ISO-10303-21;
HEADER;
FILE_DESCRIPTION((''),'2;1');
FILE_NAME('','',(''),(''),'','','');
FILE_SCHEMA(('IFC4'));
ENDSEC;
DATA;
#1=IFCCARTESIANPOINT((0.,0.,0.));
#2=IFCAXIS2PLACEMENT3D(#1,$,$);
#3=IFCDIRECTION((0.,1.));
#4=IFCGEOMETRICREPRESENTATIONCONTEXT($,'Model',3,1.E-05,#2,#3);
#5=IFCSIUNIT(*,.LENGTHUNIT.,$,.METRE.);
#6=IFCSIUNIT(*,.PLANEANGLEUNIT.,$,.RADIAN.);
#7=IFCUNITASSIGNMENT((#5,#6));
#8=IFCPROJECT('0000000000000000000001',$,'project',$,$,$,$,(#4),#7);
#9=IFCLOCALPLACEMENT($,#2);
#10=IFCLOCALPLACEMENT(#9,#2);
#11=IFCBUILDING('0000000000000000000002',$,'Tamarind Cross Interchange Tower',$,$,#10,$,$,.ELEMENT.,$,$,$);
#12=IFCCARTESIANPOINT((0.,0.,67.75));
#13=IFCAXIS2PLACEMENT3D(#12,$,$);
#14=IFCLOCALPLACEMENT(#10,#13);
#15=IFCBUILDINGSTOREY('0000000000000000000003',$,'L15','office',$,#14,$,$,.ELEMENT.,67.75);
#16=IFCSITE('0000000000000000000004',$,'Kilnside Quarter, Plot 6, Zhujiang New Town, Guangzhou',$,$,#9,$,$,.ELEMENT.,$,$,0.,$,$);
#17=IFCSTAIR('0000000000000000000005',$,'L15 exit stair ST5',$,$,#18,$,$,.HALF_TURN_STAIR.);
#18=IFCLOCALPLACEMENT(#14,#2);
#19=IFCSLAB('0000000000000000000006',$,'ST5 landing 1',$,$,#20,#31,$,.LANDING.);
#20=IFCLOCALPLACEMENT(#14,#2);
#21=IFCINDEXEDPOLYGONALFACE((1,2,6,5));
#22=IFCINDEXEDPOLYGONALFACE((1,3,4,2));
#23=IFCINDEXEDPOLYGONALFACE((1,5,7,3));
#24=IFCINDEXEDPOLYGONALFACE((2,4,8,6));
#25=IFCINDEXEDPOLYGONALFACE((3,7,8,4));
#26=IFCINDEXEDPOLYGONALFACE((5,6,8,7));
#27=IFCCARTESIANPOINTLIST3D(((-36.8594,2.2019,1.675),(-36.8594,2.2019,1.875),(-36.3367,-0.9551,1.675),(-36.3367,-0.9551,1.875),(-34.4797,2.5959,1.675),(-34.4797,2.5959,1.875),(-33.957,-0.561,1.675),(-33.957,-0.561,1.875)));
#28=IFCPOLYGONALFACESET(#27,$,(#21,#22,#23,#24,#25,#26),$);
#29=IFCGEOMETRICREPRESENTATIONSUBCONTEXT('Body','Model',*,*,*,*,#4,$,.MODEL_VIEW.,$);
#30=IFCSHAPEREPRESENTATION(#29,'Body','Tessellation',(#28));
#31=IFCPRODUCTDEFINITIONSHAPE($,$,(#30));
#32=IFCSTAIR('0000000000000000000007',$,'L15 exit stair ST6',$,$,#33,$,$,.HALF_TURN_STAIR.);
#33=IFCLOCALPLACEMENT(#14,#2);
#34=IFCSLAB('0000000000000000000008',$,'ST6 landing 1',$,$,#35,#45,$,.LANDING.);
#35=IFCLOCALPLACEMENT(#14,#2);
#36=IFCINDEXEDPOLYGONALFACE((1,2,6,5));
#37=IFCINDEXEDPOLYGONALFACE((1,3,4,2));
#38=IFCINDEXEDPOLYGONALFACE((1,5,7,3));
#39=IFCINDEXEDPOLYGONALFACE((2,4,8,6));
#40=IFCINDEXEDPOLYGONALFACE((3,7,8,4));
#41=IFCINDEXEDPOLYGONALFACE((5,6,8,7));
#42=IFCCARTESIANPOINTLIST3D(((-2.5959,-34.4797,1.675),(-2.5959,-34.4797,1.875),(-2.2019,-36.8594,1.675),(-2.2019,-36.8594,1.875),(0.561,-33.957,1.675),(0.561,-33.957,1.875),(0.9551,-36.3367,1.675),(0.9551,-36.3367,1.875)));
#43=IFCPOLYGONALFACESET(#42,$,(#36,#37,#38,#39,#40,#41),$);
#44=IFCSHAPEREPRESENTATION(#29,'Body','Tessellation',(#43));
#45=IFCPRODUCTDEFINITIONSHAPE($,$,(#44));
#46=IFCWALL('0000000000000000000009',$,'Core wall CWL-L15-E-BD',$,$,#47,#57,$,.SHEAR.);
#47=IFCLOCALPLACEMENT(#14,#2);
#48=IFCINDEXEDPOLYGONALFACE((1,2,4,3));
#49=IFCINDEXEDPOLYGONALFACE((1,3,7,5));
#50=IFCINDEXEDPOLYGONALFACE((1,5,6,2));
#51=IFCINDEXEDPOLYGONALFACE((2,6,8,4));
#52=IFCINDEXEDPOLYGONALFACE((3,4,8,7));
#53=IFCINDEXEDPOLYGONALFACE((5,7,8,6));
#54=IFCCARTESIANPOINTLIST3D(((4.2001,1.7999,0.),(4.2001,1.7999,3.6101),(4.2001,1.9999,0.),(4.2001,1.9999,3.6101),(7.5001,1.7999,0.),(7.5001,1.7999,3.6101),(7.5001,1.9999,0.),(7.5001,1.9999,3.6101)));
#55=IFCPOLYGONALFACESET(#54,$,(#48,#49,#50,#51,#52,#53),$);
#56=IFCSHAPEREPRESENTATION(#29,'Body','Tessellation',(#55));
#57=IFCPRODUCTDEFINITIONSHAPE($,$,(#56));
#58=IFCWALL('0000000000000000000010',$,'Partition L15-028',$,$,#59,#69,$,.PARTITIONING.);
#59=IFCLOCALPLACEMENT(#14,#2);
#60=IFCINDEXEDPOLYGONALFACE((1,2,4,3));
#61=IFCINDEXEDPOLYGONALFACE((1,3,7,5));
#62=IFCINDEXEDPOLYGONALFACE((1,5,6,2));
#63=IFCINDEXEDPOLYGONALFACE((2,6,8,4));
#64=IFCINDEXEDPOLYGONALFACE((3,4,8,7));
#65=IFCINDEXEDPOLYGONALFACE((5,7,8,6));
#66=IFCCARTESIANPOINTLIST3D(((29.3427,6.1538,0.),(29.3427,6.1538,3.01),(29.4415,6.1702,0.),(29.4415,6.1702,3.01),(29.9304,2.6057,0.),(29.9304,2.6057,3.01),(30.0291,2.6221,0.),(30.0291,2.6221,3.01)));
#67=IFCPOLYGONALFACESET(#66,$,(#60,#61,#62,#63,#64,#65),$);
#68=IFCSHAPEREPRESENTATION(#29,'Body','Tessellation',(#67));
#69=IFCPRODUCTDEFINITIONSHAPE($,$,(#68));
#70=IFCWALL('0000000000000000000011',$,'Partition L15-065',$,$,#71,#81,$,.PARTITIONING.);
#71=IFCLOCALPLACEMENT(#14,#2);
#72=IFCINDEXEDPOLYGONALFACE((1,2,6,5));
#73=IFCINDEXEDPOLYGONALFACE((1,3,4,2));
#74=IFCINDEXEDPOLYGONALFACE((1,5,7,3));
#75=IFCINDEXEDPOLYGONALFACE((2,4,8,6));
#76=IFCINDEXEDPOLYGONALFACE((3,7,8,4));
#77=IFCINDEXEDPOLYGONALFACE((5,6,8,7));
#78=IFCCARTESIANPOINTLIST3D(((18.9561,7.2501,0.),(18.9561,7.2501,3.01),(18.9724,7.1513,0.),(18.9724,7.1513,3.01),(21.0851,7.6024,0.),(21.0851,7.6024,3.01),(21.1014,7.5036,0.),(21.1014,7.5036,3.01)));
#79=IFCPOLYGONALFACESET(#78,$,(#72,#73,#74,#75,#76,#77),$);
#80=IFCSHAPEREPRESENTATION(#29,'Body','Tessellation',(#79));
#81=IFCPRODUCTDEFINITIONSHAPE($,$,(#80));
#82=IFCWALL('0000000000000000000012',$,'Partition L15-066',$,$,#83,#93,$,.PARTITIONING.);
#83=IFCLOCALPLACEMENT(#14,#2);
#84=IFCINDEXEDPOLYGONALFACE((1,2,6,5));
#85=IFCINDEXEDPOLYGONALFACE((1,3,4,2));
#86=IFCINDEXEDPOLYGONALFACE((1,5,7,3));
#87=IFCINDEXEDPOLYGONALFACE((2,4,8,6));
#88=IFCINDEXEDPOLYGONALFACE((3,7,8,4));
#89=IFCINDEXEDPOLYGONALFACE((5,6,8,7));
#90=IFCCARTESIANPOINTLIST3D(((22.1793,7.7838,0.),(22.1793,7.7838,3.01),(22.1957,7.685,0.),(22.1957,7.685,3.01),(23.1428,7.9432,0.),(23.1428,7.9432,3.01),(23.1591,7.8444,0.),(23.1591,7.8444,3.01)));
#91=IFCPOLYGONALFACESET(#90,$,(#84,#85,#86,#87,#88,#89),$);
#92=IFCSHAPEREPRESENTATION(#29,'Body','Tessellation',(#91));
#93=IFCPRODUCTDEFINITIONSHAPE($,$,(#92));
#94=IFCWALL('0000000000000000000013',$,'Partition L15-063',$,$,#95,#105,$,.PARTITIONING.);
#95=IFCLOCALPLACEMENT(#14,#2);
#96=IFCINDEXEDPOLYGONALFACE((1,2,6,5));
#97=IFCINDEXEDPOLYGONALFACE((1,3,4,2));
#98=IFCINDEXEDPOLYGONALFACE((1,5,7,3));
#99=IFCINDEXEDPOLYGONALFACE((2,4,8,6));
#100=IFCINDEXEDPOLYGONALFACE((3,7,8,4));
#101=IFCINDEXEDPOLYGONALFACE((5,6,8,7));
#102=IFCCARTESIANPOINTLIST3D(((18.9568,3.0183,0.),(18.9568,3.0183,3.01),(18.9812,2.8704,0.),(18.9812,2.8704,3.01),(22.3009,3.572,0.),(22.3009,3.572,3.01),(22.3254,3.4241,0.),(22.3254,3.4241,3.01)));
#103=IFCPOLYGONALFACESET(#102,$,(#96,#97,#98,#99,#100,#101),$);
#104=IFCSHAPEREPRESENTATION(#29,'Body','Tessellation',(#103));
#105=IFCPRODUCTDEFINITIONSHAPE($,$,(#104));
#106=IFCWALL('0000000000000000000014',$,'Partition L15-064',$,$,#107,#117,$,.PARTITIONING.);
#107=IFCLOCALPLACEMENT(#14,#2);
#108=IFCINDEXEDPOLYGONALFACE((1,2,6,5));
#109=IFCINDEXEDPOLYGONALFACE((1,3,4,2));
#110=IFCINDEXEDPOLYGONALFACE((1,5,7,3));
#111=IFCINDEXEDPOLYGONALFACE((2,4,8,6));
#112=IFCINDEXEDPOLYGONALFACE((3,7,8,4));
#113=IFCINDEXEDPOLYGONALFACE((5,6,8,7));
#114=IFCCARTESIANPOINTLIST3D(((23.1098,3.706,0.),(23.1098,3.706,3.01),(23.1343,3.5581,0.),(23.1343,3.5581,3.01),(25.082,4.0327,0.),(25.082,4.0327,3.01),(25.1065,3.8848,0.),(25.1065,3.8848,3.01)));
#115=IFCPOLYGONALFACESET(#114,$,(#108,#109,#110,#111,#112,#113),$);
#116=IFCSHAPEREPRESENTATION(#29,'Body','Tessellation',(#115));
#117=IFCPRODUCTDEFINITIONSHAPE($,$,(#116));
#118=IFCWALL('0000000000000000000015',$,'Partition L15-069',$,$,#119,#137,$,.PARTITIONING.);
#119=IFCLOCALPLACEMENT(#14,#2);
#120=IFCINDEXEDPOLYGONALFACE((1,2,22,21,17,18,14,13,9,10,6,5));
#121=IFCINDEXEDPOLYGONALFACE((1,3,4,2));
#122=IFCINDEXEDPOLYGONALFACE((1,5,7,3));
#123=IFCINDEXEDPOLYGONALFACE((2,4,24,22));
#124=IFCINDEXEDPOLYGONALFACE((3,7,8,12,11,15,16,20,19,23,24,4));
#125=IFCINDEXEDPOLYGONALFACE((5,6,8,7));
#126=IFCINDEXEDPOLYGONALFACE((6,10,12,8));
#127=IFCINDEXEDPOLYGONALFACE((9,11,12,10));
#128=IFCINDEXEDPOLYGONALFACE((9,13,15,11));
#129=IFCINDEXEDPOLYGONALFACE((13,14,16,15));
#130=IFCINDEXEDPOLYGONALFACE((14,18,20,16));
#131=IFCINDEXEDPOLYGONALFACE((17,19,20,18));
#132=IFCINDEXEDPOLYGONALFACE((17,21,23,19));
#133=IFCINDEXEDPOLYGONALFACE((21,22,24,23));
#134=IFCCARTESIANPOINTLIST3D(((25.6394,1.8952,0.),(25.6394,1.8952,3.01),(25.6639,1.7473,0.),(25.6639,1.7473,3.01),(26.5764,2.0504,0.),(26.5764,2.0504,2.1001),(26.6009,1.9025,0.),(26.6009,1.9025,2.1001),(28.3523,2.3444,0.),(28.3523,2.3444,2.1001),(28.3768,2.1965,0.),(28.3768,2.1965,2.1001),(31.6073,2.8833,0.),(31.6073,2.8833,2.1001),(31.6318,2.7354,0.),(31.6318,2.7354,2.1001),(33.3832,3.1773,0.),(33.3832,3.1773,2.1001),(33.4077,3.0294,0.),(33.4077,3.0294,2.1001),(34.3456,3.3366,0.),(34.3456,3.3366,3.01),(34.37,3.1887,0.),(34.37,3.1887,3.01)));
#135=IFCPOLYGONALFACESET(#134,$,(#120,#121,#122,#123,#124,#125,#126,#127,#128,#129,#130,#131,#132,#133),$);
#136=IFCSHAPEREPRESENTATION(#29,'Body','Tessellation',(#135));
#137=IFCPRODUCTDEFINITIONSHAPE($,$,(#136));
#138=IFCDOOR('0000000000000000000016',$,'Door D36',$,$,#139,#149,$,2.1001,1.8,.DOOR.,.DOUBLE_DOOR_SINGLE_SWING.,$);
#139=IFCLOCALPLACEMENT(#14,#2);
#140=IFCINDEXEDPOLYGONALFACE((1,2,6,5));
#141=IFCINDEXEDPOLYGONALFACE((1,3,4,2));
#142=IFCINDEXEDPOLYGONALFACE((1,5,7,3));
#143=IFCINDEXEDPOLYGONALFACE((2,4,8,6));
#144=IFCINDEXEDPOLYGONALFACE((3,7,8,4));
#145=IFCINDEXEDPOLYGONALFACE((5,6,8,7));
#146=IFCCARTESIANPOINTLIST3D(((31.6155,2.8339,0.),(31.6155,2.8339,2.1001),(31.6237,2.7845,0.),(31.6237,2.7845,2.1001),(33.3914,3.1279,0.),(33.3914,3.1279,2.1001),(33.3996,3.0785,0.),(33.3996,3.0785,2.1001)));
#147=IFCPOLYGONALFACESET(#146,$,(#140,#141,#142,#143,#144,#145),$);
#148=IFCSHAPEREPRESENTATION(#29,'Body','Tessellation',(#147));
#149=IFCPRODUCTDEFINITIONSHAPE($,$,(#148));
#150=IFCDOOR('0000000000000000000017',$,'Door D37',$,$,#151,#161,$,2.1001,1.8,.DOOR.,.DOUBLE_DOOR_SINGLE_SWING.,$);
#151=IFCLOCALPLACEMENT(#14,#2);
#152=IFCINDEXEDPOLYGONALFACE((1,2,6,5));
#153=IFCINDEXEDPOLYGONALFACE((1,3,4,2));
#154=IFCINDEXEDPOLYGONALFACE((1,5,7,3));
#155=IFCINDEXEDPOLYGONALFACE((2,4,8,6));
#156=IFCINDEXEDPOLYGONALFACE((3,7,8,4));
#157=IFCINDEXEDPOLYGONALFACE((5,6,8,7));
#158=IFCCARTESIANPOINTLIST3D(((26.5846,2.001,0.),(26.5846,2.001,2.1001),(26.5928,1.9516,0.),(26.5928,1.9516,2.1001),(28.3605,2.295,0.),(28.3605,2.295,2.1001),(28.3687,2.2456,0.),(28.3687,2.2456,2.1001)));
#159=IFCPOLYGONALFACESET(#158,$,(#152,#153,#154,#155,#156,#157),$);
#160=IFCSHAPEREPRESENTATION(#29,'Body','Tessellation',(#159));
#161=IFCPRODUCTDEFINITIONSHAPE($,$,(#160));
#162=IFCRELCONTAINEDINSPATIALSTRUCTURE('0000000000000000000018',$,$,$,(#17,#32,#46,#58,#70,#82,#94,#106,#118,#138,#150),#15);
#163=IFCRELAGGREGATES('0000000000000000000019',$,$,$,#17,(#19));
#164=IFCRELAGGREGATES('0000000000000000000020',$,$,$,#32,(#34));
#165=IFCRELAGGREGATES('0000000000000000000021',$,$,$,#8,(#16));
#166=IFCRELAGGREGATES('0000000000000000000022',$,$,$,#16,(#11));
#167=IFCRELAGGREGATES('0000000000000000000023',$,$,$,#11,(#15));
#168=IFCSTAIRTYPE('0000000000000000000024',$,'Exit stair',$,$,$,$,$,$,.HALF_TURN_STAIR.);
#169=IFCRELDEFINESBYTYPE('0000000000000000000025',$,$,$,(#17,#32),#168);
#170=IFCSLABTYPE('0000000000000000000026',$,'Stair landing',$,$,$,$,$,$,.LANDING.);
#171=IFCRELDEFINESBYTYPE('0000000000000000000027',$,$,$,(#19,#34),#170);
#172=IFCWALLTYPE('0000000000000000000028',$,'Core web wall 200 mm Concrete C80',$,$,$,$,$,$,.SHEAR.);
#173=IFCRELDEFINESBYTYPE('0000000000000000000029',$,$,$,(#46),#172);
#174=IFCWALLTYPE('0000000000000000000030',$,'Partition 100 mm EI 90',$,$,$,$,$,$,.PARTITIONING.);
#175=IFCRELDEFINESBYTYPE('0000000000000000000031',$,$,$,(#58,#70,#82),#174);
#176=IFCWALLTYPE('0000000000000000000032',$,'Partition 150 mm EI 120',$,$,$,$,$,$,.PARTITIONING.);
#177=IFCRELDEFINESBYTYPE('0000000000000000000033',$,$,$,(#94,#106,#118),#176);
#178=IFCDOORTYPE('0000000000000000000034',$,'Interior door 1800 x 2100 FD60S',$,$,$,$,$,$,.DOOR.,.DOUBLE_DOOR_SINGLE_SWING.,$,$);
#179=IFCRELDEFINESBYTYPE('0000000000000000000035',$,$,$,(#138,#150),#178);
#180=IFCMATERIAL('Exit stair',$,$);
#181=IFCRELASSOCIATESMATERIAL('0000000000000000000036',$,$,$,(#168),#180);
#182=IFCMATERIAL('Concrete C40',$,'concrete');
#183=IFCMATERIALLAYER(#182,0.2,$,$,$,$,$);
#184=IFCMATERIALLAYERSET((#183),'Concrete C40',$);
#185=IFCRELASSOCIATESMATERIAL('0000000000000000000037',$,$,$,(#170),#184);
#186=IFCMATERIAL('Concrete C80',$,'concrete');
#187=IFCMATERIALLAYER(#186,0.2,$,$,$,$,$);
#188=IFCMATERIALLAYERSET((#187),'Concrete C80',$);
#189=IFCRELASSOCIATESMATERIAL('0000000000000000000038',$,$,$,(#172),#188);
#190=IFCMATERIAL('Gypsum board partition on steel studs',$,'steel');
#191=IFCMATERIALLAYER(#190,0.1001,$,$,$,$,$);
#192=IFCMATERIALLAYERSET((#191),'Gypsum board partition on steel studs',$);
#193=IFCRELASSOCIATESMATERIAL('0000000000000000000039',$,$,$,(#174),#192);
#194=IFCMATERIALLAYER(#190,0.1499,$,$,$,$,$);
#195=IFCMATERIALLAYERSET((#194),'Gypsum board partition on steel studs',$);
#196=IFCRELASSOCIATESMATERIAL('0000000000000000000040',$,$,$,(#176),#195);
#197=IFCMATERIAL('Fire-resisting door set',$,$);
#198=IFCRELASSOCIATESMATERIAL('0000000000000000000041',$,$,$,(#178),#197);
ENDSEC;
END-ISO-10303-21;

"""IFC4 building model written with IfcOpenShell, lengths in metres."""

from ifc_helpers import new_model, si_unit, direction, frame, frame_2d, origin, place, context, subcontext, project, spatial, polyline, rectangle, outline, extrude, material, layer, layer_set, type_object, element, fill, aggregate, save


model = new_model("IFC4")

# Units and contexts
model_context = context("Model", 3, precision=1e-05, world=origin(), true_north=direction((0.0, 1.0)))
body_context = subcontext(model_context, "Body", "Model", "MODEL_VIEW")
ifc_project = project(units=[si_unit("LENGTHUNIT", "METRE"), si_unit("PLANEANGLEUNIT", "RADIAN")], contexts=[model_context])

# Site, building, storey
site_placement = place(None, origin())
site = spatial("IfcSite", under=ifc_project, at=site_placement, Name="Kilnside Quarter, Plot 6, Zhujiang New Town, Guangzhou", CompositionType="ELEMENT", RefElevation=0.0)
building_placement = place(site_placement, origin())
building = spatial("IfcBuilding", under=site, at=building_placement, Name="Tamarind Cross Interchange Tower", CompositionType="ELEMENT")
storey_placement = place(building_placement, frame((0.0, 0.0, 67.75)))
storey = spatial("IfcBuildingStorey", under=building, at=storey_placement, Name="L15", Description="office", CompositionType="ELEMENT", Elevation=67.75)

# Stairs, slabs
ifc_material_1 = material(Name="Exit stair")
stair_type = type_object("IfcStairType", Name="Exit stair", PredefinedType="HALF_TURN_STAIR", material=ifc_material_1)
ifc_material_2 = material(Name="Concrete C40", Category="concrete")
ifc_layer_1 = layer(ifc_material_2, 0.2)
ifc_layer_set_1 = layer_set([ifc_layer_1], Name="Concrete C40")
slab_type = type_object("IfcSlabType", Name="Stair landing", PredefinedType="LANDING", material=ifc_layer_set_1)
stair_1_placement = place(storey_placement, origin())
stair_1 = element("IfcStair", 1, at=stair_1_placement, inside=storey, type_object=stair_type, Name="L15 exit stair ST5", PredefinedType="HALF_TURN_STAIR")
slab_1_placement = place(storey_placement, frame((0.0, 0.0, 1.675)))
slab_1 = element("IfcSlab", 2, at=slab_1_placement, type_object=slab_type, Name="ST5 landing 1", PredefinedType="LANDING", context=body_context, shape_type="SweptSolid", body=[
    extrude(outline(polyline([(-34.4797, 2.5959), (-36.8594, 2.2019), (-36.3367, -0.9551), (-33.957, -0.561), (-34.4797, 2.5959)])), origin(), (0.0, 0.0, 1.0), 0.2),
])
aggregate(stair_1, [slab_1])
stair_2_placement = place(storey_placement, origin())
stair_2 = element("IfcStair", 3, at=stair_2_placement, inside=storey, type_object=stair_type, Name="L15 exit stair ST6", PredefinedType="HALF_TURN_STAIR")
slab_2_placement = place(storey_placement, frame((0.0, 0.0, 1.675)))
slab_2 = element("IfcSlab", 4, at=slab_2_placement, type_object=slab_type, Name="ST6 landing 1", PredefinedType="LANDING", context=body_context, shape_type="SweptSolid", body=[
    extrude(outline(polyline([(-2.5959, -34.4797), (-2.2019, -36.8594), (0.9551, -36.3367), (0.561, -33.957), (-2.5959, -34.4797)])), origin(), (0.0, 0.0, 1.0), 0.2),
])
aggregate(stair_2, [slab_2])

# Walls
ifc_material_3 = material(Name="Concrete C80", Category="concrete")
ifc_layer_2 = layer(ifc_material_3, 0.2)
ifc_layer_set_2 = layer_set([ifc_layer_2], Name="Concrete C80")
wall_type_1 = type_object("IfcWallType", Name="Core web wall 200 mm Concrete C80", PredefinedType="SHEAR", material=ifc_layer_set_2)
wall_1_placement = place(storey_placement, frame((7.5, 1.8999, 0.0), z_axis=(0.0, 0.0, 1.0), x_axis=(-1.0, 0.0, 0.0)))
element("IfcWall", 5, at=wall_1_placement, inside=storey, type_object=wall_type_1, Name="Core wall CWL-L15-E-BD", PredefinedType="SHEAR", context=body_context, shape_type="SweptSolid", body=[
    extrude(rectangle(XDim=3.3, YDim=0.2, at=frame_2d((1.6499, 0.0))), origin(), (0.0, 0.0, 1.0), 3.6101),
])
ifc_material_4 = material(Name="Gypsum board partition on steel studs", Category="steel")
ifc_layer_3 = layer(ifc_material_4, 0.1001)
ifc_layer_set_3 = layer_set([ifc_layer_3], Name="Gypsum board partition on steel studs")
wall_type_2 = type_object("IfcWallType", Name="Partition 100 mm EI 90", PredefinedType="PARTITIONING", material=ifc_layer_set_3)
wall_2_placement = place(storey_placement, frame((29.3921, 6.1621, 0.0), z_axis=(0.0, 0.0, 1.0), x_axis=(0.163397, -0.98656, 0.0)))
element("IfcWall", 6, at=wall_2_placement, inside=storey, type_object=wall_type_2, Name="Partition L15-028", PredefinedType="PARTITIONING", context=body_context, shape_type="SweptSolid", body=[
    extrude(rectangle(XDim=3.5964, YDim=0.1001, at=frame_2d((1.7983, 0.0))), origin(), (0.0, 0.0, 1.0), 3.01),
])
wall_3_placement = place(storey_placement, frame((18.9641, 7.2007, 0.0), z_axis=(0.0, 0.0, 1.0), x_axis=(0.986583, 0.163261, 0.0)))
element("IfcWall", 7, at=wall_3_placement, inside=storey, type_object=wall_type_2, Name="Partition L15-065", PredefinedType="PARTITIONING", context=body_context, shape_type="SweptSolid", body=[
    extrude(rectangle(XDim=2.158, YDim=0.1001, at=frame_2d((1.0791, 0.0))), origin(), (0.0, 0.0, 1.0), 3.01),
])
wall_4_placement = place(storey_placement, frame((22.1875, 7.7344, 0.0), z_axis=(0.0, 0.0, 1.0), x_axis=(0.986582, 0.163264, 0.0)))
element("IfcWall", 8, at=wall_4_placement, inside=storey, type_object=wall_type_2, Name="Partition L15-066", PredefinedType="PARTITIONING", context=body_context, shape_type="SweptSolid", body=[
    extrude(rectangle(XDim=0.9766, YDim=0.1001, at=frame_2d((0.4883, 0.0))), origin(), (0.0, 0.0, 1.0), 3.01),
])
ifc_layer_4 = layer(ifc_material_4, 0.1499)
ifc_layer_set_4 = layer_set([ifc_layer_4], Name="Gypsum board partition on steel studs")
wall_type_3 = type_object("IfcWallType", Name="Partition 150 mm EI 120", PredefinedType="PARTITIONING", material=ifc_layer_set_4)
wall_5_placement = place(storey_placement, frame((18.969, 2.9443, 0.0), z_axis=(0.0, 0.0, 1.0), x_axis=(0.986567, 0.163359, 0.0)))
element("IfcWall", 9, at=wall_5_placement, inside=storey, type_object=wall_type_3, Name="Partition L15-063", PredefinedType="PARTITIONING", context=body_context, shape_type="SweptSolid", body=[
    extrude(rectangle(XDim=3.3896, YDim=0.1499, at=frame_2d((1.6948, 0.0))), origin(), (0.0, 0.0, 1.0), 3.01),
])
wall_6_placement = place(storey_placement, frame((23.1221, 3.6321, 0.0), z_axis=(0.0, 0.0, 1.0), x_axis=(0.986558, 0.163409, 0.0)))
element("IfcWall", 10, at=wall_6_placement, inside=storey, type_object=wall_type_3, Name="Partition L15-064", PredefinedType="PARTITIONING", context=body_context, shape_type="SweptSolid", body=[
    extrude(rectangle(XDim=1.999, YDim=0.1499, at=frame_2d((0.9995, 0.0))), origin(), (0.0, 0.0, 1.0), 3.01),
])

# Wall, openings, doors
wall_7_placement = place(storey_placement, frame((25.6516, 1.8213, 0.0), z_axis=(0.0, 0.0, 1.0), x_axis=(0.986571, 0.163336, 0.0)))
wall_7 = element("IfcWall", 11, at=wall_7_placement, inside=storey, type_object=wall_type_3, Name="Partition L15-069", PredefinedType="PARTITIONING", context=body_context, shape_type="SweptSolid", body=[
    extrude(rectangle(XDim=8.8247, YDim=0.1499, at=frame_2d((4.4124, 0.0))), origin(), (0.0, 0.0, 1.0), 3.01),
])
opening_1_placement = place(wall_7_placement, frame((6.0493, 0.0, 0.0)))
opening_1 = element("IfcOpeningElement", 12, at=opening_1_placement, cuts=wall_7, PredefinedType="OPENING", context=body_context, shape_type="SweptSolid", body=[
    extrude(rectangle(XDim=1.8, YDim=2.1001, at=frame_2d((0.8999, 1.05))), frame((0.0, 0.085, 0.0), z_axis=(0.0, -1.0, 0.0), x_axis=(1.0, 0.0, 0.0)), (0.0, 0.0, 1.0), 0.1699),
])
opening_2_placement = place(wall_7_placement, frame((0.95, 0.0, 0.0)))
opening_2 = element("IfcOpeningElement", 13, at=opening_2_placement, cuts=wall_7, PredefinedType="OPENING", context=body_context, shape_type="SweptSolid", body=[
    extrude(rectangle(XDim=1.8, YDim=2.1001, at=frame_2d((0.8999, 1.05))), frame((0.0, 0.085, 0.0), z_axis=(0.0, -1.0, 0.0), x_axis=(1.0, 0.0, 0.0)), (0.0, 0.0, 1.0), 0.1699),
])
ifc_material_5 = material(Name="Fire-resisting door set")
door_type_1 = type_object("IfcDoorType", Name="Interior door 1800 x 2100 FD60S", OperationType="DOUBLE_DOOR_SINGLE_SWING", PredefinedType="DOOR", material=ifc_material_5)
door_1_placement = place(opening_1_placement, origin())
door_1 = element("IfcDoor", 14, at=door_1_placement, inside=storey, type_object=door_type_1, Name="Door D36", OperationType="DOUBLE_DOOR_SINGLE_SWING", OverallHeight=2.1001, OverallWidth=1.8, PredefinedType="DOOR", context=body_context, shape_type="SweptSolid", body=[
    extrude(rectangle(XDim=1.8, YDim=2.1001, at=frame_2d((0.8999, 1.05))), frame((0.0, 0.0249, 0.0), z_axis=(0.0, -1.0, 0.0), x_axis=(1.0, 0.0, 0.0)), (0.0, 0.0, 1.0), 0.05),
])
fill(opening_1, door_1)
door_2_placement = place(opening_2_placement, origin())
door_2 = element("IfcDoor", 15, at=door_2_placement, inside=storey, type_object=door_type_1, Name="Door D37", OperationType="DOUBLE_DOOR_SINGLE_SWING", OverallHeight=2.1001, OverallWidth=1.8, PredefinedType="DOOR", context=body_context, shape_type="SweptSolid", body=[
    extrude(rectangle(XDim=1.8, YDim=2.1001, at=frame_2d((0.8999, 1.05))), frame((0.0, 0.0249, 0.0), z_axis=(0.0, -1.0, 0.0), x_axis=(1.0, 0.0, 0.0)), (0.0, 0.0, 1.0), 0.05),
])
fill(opening_2, door_2)

save(model, "model.ifc")
